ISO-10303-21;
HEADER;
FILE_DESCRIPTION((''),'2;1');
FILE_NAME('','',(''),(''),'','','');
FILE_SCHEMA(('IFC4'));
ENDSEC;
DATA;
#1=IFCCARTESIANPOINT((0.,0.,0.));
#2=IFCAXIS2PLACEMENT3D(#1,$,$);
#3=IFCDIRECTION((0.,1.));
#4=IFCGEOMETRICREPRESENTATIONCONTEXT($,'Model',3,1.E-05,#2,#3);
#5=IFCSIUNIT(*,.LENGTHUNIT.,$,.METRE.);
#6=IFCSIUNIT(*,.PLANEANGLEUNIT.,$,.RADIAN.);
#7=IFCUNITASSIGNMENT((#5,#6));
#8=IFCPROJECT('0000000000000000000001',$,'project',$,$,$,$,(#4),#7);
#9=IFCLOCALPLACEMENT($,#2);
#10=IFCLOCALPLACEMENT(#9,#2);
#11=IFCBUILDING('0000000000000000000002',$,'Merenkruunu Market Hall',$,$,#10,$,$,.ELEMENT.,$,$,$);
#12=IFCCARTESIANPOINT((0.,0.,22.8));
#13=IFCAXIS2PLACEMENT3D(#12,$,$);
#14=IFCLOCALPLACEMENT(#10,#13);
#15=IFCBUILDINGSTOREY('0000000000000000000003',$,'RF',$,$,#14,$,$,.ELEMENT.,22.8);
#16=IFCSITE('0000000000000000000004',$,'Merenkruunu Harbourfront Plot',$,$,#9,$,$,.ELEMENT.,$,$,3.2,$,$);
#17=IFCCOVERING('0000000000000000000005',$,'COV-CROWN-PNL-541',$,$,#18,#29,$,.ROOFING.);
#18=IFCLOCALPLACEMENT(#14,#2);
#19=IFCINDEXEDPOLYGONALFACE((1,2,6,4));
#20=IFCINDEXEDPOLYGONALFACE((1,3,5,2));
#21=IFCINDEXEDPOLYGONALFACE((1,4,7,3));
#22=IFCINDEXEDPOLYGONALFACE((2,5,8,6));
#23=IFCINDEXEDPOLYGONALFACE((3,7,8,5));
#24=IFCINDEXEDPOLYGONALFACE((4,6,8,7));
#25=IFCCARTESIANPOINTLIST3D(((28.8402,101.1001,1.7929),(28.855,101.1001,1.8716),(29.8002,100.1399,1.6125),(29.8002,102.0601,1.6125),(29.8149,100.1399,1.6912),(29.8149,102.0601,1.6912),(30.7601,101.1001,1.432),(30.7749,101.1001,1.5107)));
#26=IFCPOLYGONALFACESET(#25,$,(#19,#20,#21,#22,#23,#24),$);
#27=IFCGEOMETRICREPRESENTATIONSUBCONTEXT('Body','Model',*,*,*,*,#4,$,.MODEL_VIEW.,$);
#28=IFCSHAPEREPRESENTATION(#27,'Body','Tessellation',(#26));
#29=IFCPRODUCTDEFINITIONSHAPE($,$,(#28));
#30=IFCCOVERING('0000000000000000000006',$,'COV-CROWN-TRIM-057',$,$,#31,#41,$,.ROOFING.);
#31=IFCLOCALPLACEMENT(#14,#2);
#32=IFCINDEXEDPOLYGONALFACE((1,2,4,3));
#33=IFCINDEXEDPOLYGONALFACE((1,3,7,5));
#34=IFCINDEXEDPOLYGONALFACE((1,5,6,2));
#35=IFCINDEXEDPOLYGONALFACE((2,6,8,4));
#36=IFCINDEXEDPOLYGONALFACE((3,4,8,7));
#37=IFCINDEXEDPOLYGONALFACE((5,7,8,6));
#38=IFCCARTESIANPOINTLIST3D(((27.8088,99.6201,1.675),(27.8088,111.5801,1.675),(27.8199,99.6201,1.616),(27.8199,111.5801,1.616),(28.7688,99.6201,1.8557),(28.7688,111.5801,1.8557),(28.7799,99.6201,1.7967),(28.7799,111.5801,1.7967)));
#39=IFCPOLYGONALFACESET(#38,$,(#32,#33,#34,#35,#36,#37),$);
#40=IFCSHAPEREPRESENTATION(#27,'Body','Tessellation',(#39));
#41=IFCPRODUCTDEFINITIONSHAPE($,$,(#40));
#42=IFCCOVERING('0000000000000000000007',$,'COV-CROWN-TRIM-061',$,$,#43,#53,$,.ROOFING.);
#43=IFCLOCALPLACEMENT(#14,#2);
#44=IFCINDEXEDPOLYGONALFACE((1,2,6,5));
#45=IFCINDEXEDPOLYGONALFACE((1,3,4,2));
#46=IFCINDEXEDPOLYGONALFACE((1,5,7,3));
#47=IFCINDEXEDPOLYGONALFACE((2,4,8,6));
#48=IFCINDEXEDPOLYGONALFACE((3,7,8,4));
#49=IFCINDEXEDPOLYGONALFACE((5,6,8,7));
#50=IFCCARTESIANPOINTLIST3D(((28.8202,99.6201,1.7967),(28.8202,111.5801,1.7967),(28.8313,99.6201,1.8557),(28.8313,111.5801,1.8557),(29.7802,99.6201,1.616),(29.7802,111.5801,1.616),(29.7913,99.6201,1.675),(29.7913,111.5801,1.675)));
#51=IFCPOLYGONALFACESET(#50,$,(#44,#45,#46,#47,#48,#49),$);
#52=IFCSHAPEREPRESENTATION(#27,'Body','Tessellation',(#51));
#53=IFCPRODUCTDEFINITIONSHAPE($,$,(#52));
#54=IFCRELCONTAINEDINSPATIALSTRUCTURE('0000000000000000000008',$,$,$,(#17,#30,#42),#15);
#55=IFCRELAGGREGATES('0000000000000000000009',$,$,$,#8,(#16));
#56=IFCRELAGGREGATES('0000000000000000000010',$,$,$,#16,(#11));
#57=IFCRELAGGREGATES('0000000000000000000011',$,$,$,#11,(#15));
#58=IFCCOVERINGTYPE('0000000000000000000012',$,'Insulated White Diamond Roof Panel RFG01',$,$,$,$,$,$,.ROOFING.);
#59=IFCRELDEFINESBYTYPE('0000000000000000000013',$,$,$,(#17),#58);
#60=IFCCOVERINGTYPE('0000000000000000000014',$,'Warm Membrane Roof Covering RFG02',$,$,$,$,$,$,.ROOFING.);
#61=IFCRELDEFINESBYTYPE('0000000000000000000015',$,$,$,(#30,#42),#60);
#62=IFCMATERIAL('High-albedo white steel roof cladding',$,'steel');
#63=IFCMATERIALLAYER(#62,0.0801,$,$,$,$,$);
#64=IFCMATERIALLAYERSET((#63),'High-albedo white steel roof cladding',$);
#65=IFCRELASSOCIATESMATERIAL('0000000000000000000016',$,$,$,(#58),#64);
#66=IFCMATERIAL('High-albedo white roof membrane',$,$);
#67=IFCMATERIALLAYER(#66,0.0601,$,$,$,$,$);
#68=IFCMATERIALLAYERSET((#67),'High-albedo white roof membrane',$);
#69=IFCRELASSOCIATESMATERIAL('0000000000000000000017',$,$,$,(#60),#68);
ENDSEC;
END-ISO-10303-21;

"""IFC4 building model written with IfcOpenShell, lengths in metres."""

from ifc_helpers import new_model, si_unit, direction, frame, origin, place, context, subcontext, project, spatial, polyline, outline, extrude, material, layer, layer_set, type_object, element, save


model = new_model("IFC4")

# Units and contexts
model_context = context("Model", 3, precision=1e-05, world=origin(), true_north=direction((0.0, 1.0)))
body_context = subcontext(model_context, "Body", "Model", "MODEL_VIEW")
ifc_project = project(units=[si_unit("LENGTHUNIT", "METRE"), si_unit("PLANEANGLEUNIT", "RADIAN")], contexts=[model_context])

# Site, building, storey
site_placement = place(None, origin())
site = spatial("IfcSite", under=ifc_project, at=site_placement, Name="Merenkruunu Harbourfront Plot", CompositionType="ELEMENT", RefElevation=3.2)
building_placement = place(site_placement, origin())
building = spatial("IfcBuilding", under=site, at=building_placement, Name="Merenkruunu Market Hall", CompositionType="ELEMENT")
storey_placement = place(building_placement, frame((0.0, 0.0, 22.8)))
storey = spatial("IfcBuildingStorey", under=building, at=storey_placement, Name="RF", CompositionType="ELEMENT", Elevation=22.8)

# Coverings
ifc_material_1 = material(Name="High-albedo white steel roof cladding", Category="steel")
ifc_layer_1 = layer(ifc_material_1, 0.0801)
ifc_layer_set_1 = layer_set([ifc_layer_1], Name="High-albedo white steel roof cladding")
covering_type_1 = type_object("IfcCoveringType", Name="Insulated White Diamond Roof Panel RFG01", PredefinedType="ROOFING", material=ifc_layer_set_1)
for number, where, z_axis, x_axis, name in (
    (1, (28.855, 101.1001, 1.8716), (0.184711, 0.0, 0.982793), (0.700856, -0.701035, -0.131722), "COV-CROWN-PNL-541"),
):
    element("IfcCovering", number, at=place(storey_placement, frame(where, z_axis=z_axis, x_axis=x_axis)), inside=storey, type_object=covering_type_1, Name=name, PredefinedType="ROOFING", context=body_context, shape_type="SweptSolid", body=[
        extrude(outline(polyline([(0.0, 0.0), (1.3697, 0.0), (1.3931, 1.3695), (0.0236, 1.3693), (0.0, 0.0)])), origin(), (0.0, 0.0, -1.0), 0.0801),
    ])
ifc_material_2 = material(Name="High-albedo white roof membrane")
ifc_layer_2 = layer(ifc_material_2, 0.0601)
ifc_layer_set_2 = layer_set([ifc_layer_2], Name="High-albedo white roof membrane")
covering_type_2 = type_object("IfcCoveringType", Name="Warm Membrane Roof Covering RFG02", PredefinedType="ROOFING", material=ifc_layer_set_2)
for number, where, z_axis, x_axis, name in (
    (2, (27.8088, 99.6201, 1.675), (-0.184952, 0.0, 0.982747), (0.982747, 0.0, 0.184952), "COV-CROWN-TRIM-057"),
    (3, (28.8313, 99.6201, 1.8557), (0.184952, 0.0, 0.982747), (0.982747, 0.0, -0.184952), "COV-CROWN-TRIM-061"),
):
    element("IfcCovering", number, at=place(storey_placement, frame(where, z_axis=z_axis, x_axis=x_axis)), inside=storey, type_object=covering_type_2, Name=name, PredefinedType="ROOFING", context=body_context, shape_type="SweptSolid", body=[
        extrude(outline(polyline([(0.0, 0.0), (0.9768, 0.0), (0.9768, 11.96), (0.0, 11.96), (0.0, 0.0)])), origin(), (0.0, 0.0, -1.0), 0.0601),
    ])

save(model, "model.ifc")
